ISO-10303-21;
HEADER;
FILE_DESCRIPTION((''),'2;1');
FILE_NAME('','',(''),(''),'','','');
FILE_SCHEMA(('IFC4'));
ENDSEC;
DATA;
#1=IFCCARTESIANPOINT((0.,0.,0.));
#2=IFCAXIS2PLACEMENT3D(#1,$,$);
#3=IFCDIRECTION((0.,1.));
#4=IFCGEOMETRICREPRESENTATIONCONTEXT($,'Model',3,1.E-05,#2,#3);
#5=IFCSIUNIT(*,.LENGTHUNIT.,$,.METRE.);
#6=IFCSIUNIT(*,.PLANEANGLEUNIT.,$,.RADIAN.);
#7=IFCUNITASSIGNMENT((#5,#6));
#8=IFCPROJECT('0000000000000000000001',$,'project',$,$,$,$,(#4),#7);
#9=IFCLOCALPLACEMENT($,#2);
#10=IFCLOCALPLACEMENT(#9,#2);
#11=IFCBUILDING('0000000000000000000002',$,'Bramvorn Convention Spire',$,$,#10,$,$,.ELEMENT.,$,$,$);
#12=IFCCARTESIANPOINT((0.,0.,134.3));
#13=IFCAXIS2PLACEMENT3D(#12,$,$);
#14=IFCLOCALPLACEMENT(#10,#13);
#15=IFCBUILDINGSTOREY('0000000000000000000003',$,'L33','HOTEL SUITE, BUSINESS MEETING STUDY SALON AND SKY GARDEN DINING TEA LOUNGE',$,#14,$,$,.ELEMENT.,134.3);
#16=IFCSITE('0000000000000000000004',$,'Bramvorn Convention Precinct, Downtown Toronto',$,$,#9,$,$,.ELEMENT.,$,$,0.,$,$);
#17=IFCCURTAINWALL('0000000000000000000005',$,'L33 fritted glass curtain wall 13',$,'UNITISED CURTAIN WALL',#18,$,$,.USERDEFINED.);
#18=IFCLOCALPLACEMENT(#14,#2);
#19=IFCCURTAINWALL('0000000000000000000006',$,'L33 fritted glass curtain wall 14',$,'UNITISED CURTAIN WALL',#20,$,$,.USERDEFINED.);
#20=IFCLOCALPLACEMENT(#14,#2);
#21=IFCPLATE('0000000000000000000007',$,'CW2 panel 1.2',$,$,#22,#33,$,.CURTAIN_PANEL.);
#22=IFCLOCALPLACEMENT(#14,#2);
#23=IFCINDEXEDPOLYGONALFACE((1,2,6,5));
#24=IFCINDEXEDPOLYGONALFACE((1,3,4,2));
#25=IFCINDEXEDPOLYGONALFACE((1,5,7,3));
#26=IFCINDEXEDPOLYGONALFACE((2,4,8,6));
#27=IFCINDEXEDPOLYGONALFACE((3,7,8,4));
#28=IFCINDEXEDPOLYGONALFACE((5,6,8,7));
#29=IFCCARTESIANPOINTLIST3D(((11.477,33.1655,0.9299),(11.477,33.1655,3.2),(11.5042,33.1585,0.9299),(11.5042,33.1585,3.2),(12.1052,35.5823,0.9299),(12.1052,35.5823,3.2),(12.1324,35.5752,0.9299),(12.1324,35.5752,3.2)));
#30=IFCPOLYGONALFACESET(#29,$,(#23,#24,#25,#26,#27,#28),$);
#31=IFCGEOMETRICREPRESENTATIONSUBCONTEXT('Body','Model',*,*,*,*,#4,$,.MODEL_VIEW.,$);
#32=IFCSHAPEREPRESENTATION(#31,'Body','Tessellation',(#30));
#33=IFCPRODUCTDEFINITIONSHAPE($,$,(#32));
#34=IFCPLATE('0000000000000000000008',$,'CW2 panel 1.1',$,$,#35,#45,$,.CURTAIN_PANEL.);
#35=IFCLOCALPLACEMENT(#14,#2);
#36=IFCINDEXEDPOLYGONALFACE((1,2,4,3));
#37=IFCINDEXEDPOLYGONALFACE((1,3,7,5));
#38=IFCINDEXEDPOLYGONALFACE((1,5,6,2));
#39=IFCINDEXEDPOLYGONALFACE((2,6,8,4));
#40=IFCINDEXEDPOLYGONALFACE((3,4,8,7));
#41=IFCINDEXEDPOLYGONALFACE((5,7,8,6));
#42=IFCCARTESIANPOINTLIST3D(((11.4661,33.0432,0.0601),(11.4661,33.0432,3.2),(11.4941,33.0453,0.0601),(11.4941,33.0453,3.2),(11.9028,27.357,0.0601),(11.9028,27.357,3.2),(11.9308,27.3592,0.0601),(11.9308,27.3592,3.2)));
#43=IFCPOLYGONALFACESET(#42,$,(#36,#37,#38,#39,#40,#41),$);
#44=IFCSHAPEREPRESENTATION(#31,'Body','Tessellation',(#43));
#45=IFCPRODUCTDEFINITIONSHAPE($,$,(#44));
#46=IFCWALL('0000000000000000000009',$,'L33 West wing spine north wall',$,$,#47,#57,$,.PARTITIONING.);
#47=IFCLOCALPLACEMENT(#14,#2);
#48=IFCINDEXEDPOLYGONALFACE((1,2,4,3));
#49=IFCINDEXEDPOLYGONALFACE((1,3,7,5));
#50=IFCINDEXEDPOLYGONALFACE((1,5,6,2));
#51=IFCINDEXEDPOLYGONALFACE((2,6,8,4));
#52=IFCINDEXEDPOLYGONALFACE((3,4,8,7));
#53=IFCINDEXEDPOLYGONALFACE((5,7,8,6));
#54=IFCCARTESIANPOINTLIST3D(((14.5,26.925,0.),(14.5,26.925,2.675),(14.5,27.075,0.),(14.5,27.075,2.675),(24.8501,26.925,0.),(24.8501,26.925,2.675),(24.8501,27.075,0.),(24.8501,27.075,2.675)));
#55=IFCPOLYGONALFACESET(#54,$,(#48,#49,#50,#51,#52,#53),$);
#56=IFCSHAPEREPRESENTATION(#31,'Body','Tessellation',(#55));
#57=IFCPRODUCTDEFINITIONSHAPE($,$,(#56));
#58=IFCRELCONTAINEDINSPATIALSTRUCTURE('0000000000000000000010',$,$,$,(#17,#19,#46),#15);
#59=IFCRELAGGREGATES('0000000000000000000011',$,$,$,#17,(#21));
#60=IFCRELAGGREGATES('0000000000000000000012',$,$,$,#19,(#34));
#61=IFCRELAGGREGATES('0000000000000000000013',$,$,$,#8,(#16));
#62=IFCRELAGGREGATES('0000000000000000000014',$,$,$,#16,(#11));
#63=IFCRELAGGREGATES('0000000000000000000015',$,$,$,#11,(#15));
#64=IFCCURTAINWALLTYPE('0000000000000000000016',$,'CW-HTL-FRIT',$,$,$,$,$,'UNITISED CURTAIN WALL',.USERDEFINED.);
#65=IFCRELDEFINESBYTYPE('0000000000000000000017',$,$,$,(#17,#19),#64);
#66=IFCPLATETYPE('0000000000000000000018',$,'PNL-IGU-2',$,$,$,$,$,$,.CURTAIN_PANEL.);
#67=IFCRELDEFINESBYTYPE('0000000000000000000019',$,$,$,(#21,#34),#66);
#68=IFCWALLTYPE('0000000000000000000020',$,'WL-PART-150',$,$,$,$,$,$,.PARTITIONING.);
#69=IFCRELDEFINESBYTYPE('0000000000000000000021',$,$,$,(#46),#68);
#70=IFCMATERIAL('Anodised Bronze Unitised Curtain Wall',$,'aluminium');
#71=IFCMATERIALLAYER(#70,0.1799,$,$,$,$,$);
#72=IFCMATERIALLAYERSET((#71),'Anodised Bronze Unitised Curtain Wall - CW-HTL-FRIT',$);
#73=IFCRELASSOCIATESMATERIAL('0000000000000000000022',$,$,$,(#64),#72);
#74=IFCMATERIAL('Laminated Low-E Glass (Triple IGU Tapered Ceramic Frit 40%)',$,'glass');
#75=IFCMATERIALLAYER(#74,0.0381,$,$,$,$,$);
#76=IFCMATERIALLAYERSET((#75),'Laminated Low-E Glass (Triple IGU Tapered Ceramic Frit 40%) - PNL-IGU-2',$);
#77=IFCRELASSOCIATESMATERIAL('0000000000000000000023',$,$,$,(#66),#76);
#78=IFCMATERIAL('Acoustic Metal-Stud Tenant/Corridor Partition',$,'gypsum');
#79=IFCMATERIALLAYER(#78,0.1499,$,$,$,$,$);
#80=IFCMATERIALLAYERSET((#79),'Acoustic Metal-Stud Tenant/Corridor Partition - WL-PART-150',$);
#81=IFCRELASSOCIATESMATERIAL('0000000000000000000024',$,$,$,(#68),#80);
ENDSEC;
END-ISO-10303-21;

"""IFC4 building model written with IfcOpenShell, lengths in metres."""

from ifc_helpers import new_model, si_unit, direction, frame, frame_2d, origin, origin_2d, place, context, subcontext, project, spatial, rectangle, extrude, material, layer, layer_set, type_object, element, aggregate, save


model = new_model("IFC4")

# Units and contexts
model_context = context("Model", 3, precision=1e-05, world=origin(), true_north=direction((0.0, 1.0)))
body_context = subcontext(model_context, "Body", "Model", "MODEL_VIEW")
ifc_project = project(units=[si_unit("LENGTHUNIT", "METRE"), si_unit("PLANEANGLEUNIT", "RADIAN")], contexts=[model_context])

# Site, building, storey
site_placement = place(None, origin())
site = spatial("IfcSite", under=ifc_project, at=site_placement, Name="Bramvorn Convention Precinct, Downtown Toronto", CompositionType="ELEMENT", RefElevation=0.0)
building_placement = place(site_placement, origin())
building = spatial("IfcBuilding", under=site, at=building_placement, Name="Bramvorn Convention Spire", CompositionType="ELEMENT")
storey_placement = place(building_placement, frame((0.0, 0.0, 134.3)))
storey = spatial("IfcBuildingStorey", under=building, at=storey_placement, Name="L33", Description="HOTEL SUITE, BUSINESS MEETING STUDY SALON AND SKY GARDEN DINING TEA LOUNGE", CompositionType="ELEMENT", Elevation=134.3)

# Curtain walls
ifc_material_1 = material(Name="Anodised Bronze Unitised Curtain Wall", Category="aluminium")
ifc_layer_1 = layer(ifc_material_1, 0.1799)
ifc_layer_set_1 = layer_set([ifc_layer_1], Name="Anodised Bronze Unitised Curtain Wall - CW-HTL-FRIT")
curtain_wall_type = type_object("IfcCurtainWallType", Name="CW-HTL-FRIT", ElementType="UNITISED CURTAIN WALL", PredefinedType="USERDEFINED", material=ifc_layer_set_1)
curtain_wall_1_placement = place(storey_placement, origin())
curtain_wall_1 = element("IfcCurtainWall", 1, at=curtain_wall_1_placement, inside=storey, type_object=curtain_wall_type, Name="L33 fritted glass curtain wall 13", ObjectType="UNITISED CURTAIN WALL", PredefinedType="USERDEFINED")
curtain_wall_2_placement = place(storey_placement, origin())
curtain_wall_2 = element("IfcCurtainWall", 2, at=curtain_wall_2_placement, inside=storey, type_object=curtain_wall_type, Name="L33 fritted glass curtain wall 14", ObjectType="UNITISED CURTAIN WALL", PredefinedType="USERDEFINED")

# Plates
ifc_material_2 = material(Name="Laminated Low-E Glass (Triple IGU Tapered Ceramic Frit 40%)", Category="glass")
ifc_layer_2 = layer(ifc_material_2, 0.0381)
ifc_layer_set_2 = layer_set([ifc_layer_2], Name="Laminated Low-E Glass (Triple IGU Tapered Ceramic Frit 40%) - PNL-IGU-2")
plate_type = type_object("IfcPlateType", Name="PNL-IGU-2", PredefinedType="CURTAIN_PANEL", material=ifc_layer_set_2)
plate_1_placement = place(storey_placement, frame((11.8047, 34.3704, 0.9299), z_axis=(0.0, 0.0, 1.0), x_axis=(0.251588, 0.967834, 0.0)))
plate_1 = element("IfcPlate", 3, at=plate_1_placement, type_object=plate_type, Name="CW2 panel 1.2", PredefinedType="CURTAIN_PANEL", context=body_context, shape_type="SweptSolid", body=[
    extrude(rectangle(XDim=2.4971, YDim=0.0281, at=origin_2d()), origin(), (0.0, 0.0, 1.0), 2.27),
])
aggregate(curtain_wall_1, [plate_1])
plate_2_placement = place(storey_placement, frame((11.6985, 30.2012, 0.0601), z_axis=(0.0, 0.0, 1.0), x_axis=(-0.076578, 0.997064, 0.0)))
plate_2 = element("IfcPlate", 4, at=plate_2_placement, type_object=plate_type, Name="CW2 panel 1.1", PredefinedType="CURTAIN_PANEL", context=body_context, shape_type="SweptSolid", body=[
    extrude(rectangle(XDim=5.7029, YDim=0.0281, at=origin_2d()), origin(), (0.0, 0.0, 1.0), 3.1399),
])
aggregate(curtain_wall_2, [plate_2])

# Wall
ifc_material_3 = material(Name="Acoustic Metal-Stud Tenant/Corridor Partition", Category="gypsum")
ifc_layer_3 = layer(ifc_material_3, 0.1499)
ifc_layer_set_3 = layer_set([ifc_layer_3], Name="Acoustic Metal-Stud Tenant/Corridor Partition - WL-PART-150")
wall_type = type_object("IfcWallType", Name="WL-PART-150", PredefinedType="PARTITIONING", material=ifc_layer_set_3)
wall_placement = place(storey_placement, frame((14.5, 27.0, 0.0), z_axis=(0.0, 0.0, 1.0), x_axis=(1.0, 0.0, 0.0)))
element("IfcWall", 5, at=wall_placement, inside=storey, type_object=wall_type, Name="L33 West wing spine north wall", PredefinedType="PARTITIONING", context=body_context, shape_type="SweptSolid", body=[
    extrude(rectangle(XDim=10.3501, YDim=0.1499, at=frame_2d((5.175, 0.0))), origin(), (0.0, 0.0, 1.0), 2.675),
])

save(model, "model.ifc")
